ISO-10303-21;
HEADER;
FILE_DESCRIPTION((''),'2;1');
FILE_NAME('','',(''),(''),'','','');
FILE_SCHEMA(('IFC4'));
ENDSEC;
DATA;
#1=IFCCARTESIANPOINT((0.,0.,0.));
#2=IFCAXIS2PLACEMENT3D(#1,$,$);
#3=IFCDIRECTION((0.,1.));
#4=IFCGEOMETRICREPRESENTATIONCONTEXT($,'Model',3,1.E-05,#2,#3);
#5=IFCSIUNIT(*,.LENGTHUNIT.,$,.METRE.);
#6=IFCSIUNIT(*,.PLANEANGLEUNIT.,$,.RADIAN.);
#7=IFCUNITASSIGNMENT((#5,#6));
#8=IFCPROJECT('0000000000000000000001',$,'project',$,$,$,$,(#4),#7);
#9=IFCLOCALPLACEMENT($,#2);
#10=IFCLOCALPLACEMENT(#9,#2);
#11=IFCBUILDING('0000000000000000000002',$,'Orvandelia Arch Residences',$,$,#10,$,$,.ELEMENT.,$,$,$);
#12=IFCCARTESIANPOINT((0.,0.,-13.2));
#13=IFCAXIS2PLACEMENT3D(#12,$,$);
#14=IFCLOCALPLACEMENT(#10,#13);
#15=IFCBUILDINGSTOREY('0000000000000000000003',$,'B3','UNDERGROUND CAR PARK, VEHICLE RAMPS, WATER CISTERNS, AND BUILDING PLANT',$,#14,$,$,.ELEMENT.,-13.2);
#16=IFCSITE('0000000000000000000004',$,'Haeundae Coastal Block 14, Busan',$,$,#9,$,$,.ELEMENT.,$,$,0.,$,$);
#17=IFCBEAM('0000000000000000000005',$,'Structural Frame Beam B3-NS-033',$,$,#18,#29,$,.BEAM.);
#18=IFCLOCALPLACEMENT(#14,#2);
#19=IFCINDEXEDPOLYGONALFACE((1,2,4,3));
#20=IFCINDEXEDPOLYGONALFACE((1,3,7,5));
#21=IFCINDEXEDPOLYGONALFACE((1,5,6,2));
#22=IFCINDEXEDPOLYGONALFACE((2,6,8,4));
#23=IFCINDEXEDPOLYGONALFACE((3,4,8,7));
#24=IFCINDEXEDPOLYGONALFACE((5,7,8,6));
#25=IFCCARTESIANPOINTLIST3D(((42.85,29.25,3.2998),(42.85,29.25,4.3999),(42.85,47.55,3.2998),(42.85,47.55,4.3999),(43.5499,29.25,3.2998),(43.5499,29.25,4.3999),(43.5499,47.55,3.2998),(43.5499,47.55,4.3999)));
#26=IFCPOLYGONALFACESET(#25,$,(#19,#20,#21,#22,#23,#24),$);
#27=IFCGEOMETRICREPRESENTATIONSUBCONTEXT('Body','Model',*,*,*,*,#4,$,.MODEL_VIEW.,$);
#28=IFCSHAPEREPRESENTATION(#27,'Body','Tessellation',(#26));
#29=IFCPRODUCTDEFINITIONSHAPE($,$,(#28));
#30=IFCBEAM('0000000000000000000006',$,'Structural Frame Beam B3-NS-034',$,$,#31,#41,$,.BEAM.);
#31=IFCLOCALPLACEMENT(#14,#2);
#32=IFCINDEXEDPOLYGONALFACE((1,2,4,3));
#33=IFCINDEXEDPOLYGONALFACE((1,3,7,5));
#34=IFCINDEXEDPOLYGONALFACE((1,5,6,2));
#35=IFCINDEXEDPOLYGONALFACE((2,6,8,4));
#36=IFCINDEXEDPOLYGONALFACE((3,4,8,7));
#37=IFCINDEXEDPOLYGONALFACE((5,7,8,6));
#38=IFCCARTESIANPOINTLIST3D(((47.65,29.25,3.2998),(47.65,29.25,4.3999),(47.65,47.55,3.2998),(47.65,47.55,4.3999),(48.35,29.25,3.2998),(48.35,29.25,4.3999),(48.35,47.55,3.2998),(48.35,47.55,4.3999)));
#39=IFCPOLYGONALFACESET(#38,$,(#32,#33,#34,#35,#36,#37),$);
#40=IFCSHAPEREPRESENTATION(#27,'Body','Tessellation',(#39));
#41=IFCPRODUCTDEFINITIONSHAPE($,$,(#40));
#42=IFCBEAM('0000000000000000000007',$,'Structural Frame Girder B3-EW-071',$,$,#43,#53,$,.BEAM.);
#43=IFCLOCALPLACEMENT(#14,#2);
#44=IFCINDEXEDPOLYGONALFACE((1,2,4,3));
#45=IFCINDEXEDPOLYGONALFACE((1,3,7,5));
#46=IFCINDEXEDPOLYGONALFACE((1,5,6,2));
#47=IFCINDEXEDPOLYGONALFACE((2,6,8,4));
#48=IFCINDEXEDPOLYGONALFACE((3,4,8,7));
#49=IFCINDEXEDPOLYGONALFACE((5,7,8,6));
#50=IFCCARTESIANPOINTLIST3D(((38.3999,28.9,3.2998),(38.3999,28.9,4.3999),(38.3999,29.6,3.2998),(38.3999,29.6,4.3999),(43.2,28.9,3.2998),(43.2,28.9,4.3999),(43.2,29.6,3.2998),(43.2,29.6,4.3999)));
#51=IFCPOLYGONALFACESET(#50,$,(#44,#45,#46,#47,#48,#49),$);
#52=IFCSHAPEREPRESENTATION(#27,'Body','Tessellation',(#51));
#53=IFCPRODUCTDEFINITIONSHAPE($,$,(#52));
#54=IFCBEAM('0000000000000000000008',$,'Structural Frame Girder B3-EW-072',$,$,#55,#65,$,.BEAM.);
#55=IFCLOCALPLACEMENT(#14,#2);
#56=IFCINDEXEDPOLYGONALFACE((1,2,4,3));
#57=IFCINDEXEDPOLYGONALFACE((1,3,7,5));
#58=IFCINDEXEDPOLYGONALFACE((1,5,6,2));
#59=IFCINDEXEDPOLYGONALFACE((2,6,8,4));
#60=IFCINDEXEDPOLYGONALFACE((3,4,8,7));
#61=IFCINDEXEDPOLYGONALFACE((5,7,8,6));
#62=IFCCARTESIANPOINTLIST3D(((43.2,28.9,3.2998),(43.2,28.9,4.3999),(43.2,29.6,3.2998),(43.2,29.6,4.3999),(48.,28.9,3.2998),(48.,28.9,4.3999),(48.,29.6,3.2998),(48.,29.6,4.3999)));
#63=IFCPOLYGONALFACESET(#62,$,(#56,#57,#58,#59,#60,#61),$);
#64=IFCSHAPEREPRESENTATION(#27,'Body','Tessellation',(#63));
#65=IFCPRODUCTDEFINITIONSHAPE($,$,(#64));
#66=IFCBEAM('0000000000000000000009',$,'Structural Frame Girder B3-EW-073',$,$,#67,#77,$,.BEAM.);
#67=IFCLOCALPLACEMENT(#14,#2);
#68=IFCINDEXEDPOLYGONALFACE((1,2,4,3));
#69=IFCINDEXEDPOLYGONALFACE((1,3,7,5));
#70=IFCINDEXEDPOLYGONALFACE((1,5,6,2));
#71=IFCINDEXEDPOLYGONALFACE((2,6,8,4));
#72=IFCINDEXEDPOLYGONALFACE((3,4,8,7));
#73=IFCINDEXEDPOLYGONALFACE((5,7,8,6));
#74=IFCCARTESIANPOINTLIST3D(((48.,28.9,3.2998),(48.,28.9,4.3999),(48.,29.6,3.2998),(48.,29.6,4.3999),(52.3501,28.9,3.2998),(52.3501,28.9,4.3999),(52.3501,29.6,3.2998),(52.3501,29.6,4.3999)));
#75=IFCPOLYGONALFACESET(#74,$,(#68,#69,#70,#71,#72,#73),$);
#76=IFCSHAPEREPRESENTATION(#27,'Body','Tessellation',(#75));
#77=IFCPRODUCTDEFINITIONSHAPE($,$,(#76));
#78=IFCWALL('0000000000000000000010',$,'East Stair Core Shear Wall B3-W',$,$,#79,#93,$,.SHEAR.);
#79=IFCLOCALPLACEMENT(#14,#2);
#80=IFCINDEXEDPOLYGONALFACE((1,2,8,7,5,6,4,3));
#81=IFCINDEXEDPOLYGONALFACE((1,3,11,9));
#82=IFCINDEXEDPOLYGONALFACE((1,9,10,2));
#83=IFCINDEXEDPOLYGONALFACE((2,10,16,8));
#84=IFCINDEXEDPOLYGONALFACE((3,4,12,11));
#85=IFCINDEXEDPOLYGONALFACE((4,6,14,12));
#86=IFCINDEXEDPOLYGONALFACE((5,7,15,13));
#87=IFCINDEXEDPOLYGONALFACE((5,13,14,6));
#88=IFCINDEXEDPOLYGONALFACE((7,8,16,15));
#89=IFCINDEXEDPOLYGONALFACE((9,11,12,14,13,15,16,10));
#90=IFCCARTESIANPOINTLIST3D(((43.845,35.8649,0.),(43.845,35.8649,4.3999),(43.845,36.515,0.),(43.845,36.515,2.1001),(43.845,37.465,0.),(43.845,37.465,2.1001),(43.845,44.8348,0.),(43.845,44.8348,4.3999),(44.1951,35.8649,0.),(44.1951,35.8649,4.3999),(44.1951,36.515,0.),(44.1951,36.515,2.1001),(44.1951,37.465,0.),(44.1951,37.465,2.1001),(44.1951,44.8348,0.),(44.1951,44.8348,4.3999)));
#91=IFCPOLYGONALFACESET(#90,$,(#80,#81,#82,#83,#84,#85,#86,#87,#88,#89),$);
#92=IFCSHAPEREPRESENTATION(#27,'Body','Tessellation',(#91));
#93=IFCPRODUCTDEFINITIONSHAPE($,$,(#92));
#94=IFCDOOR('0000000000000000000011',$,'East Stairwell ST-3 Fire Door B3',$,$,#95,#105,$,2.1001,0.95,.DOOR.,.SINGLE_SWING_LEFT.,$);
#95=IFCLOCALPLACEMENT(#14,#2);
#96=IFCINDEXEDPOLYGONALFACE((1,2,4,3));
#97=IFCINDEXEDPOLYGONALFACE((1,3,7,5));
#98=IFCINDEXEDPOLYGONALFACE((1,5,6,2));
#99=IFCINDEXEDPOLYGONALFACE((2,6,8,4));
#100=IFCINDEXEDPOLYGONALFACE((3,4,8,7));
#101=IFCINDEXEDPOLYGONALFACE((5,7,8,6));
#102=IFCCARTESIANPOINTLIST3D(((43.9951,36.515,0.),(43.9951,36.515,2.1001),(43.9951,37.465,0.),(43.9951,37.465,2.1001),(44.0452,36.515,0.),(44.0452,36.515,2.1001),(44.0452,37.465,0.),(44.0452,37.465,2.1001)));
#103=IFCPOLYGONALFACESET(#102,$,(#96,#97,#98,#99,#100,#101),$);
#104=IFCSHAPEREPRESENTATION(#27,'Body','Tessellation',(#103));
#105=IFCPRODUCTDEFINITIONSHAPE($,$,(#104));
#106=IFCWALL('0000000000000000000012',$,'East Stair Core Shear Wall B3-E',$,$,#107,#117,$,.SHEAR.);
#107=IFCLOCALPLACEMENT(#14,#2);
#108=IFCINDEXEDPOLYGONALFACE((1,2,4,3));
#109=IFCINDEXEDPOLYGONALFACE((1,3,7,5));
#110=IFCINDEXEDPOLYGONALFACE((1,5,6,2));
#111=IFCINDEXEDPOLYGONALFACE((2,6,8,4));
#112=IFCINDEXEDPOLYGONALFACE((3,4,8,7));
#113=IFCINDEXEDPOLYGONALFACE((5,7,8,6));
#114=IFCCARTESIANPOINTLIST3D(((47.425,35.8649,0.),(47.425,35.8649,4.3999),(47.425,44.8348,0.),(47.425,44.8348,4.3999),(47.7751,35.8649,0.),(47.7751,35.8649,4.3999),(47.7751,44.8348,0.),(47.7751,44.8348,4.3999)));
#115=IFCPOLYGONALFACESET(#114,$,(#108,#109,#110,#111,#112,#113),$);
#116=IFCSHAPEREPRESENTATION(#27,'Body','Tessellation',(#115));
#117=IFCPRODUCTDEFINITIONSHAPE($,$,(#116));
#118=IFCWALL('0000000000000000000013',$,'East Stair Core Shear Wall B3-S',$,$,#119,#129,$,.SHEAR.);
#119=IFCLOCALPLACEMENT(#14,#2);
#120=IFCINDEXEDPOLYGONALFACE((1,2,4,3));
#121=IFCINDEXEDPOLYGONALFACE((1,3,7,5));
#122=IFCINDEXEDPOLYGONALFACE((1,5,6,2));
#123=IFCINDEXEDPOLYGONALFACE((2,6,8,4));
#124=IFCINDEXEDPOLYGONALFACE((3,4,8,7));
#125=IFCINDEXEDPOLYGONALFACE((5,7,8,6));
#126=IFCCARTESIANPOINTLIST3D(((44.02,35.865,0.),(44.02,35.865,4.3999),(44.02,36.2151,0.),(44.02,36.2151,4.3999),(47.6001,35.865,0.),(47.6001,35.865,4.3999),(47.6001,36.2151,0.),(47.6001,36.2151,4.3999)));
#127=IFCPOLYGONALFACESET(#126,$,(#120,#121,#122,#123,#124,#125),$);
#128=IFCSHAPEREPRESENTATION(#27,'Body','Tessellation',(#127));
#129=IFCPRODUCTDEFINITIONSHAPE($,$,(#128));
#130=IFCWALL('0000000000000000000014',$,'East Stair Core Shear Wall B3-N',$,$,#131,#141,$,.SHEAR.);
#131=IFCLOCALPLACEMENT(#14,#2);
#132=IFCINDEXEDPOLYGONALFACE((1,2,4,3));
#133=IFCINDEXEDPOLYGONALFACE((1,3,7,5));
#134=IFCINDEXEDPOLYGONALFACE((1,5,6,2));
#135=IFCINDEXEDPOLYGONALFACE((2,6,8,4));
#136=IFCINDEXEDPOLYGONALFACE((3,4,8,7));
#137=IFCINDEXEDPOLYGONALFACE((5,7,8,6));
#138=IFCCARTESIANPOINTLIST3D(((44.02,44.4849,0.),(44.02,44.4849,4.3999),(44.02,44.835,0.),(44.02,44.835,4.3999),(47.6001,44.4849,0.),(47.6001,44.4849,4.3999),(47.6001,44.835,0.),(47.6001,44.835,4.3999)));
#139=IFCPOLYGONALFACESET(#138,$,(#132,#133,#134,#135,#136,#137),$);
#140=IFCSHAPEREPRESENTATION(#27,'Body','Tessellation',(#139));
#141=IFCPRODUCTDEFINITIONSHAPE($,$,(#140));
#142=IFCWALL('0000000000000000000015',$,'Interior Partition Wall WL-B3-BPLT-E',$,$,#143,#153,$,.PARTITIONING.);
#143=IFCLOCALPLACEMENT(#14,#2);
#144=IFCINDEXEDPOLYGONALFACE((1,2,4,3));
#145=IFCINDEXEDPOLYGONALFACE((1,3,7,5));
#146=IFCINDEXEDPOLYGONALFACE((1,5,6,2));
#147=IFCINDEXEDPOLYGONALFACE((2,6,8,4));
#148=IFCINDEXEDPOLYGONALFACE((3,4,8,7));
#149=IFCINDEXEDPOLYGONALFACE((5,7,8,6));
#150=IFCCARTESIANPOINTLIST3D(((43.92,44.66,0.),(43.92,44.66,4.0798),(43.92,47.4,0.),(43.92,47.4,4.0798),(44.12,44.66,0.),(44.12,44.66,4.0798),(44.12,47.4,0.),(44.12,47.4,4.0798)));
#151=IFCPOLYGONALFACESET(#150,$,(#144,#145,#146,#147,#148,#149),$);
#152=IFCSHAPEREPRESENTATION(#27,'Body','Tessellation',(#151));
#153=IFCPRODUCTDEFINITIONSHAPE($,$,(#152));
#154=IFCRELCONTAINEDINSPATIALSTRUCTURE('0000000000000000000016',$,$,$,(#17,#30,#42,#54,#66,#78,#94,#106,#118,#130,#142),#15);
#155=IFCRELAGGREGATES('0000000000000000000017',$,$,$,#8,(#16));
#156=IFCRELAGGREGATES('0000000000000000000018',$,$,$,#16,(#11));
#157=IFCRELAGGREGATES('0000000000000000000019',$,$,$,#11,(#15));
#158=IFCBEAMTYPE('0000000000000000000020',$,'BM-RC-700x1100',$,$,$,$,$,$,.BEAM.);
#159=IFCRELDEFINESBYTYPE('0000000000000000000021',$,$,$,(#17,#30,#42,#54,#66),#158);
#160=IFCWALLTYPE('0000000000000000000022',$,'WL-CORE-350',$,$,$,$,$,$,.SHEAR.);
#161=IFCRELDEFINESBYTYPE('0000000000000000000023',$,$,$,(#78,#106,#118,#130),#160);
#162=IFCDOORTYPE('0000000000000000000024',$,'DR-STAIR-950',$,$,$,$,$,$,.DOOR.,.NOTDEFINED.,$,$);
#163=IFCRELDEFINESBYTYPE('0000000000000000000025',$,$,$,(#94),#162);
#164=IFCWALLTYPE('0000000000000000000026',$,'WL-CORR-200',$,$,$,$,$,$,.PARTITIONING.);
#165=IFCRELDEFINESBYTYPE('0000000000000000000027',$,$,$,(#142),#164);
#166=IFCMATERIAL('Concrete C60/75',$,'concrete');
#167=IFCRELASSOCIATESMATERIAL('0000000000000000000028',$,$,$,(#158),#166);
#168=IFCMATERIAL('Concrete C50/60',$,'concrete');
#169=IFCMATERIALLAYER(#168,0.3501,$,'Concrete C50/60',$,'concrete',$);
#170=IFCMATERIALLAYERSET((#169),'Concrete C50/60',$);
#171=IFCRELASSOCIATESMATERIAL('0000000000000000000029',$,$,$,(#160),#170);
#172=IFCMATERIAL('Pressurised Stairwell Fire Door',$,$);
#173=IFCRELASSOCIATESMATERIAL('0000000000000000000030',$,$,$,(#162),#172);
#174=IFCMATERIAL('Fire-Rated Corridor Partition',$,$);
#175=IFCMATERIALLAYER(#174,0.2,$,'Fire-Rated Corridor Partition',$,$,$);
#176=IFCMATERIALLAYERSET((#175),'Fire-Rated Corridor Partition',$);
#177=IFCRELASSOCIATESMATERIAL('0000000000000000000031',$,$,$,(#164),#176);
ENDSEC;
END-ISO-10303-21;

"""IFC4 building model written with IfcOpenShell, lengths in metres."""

from ifc_helpers import new_model, si_unit, direction, frame, frame_2d, origin, origin_2d, place, context, subcontext, project, spatial, rectangle, extrude, material, layer, layer_set, material_profile, profile_set, type_object, element, fill, save


model = new_model("IFC4")

# Units and contexts
model_context = context("Model", 3, precision=1e-05, world=origin(), true_north=direction((0.0, 1.0)))
body_context = subcontext(model_context, "Body", "Model", "MODEL_VIEW")
ifc_project = project(units=[si_unit("LENGTHUNIT", "METRE"), si_unit("PLANEANGLEUNIT", "RADIAN")], contexts=[model_context])

# Site, building, storey
site_placement = place(None, origin())
site = spatial("IfcSite", under=ifc_project, at=site_placement, Name="Haeundae Coastal Block 14, Busan", CompositionType="ELEMENT", RefElevation=0.0)
building_placement = place(site_placement, origin())
building = spatial("IfcBuilding", under=site, at=building_placement, Name="Orvandelia Arch Residences", CompositionType="ELEMENT")
storey_placement = place(building_placement, frame((0.0, 0.0, -13.2)))
storey = spatial("IfcBuildingStorey", under=building, at=storey_placement, Name="B3", Description="UNDERGROUND CAR PARK, VEHICLE RAMPS, WATER CISTERNS, AND BUILDING PLANT", CompositionType="ELEMENT", Elevation=-13.2)

# Shared definitions
ifc_material_1 = material(Name="Concrete C50/60", Category="concrete")

# Beams
ifc_material_2 = material(Name="Concrete C60/75", Category="concrete")
ifc_material_profile_1 = material_profile(ifc_material_2, rectangle(XDim=0.7, YDim=1.1001, at=origin_2d()), Name="Concrete C60/75", Category="concrete")
ifc_profile_set_1 = profile_set([ifc_material_profile_1], Name="Concrete C60/75")
beam_type = type_object("IfcBeamType", Name="BM-RC-700x1100", PredefinedType="BEAM", material=ifc_profile_set_1)
for number, where, z_axis, x_axis, name in (
    (1, (43.2, 29.25, 3.8499), (0.0, 1.0, 0.0), (-1.0, 0.0, 0.0), "Structural Frame Beam B3-NS-033"),
    (2, (48.0, 29.25, 3.8499), (0.0, 1.0, 0.0), (-1.0, 0.0, 0.0), "Structural Frame Beam B3-NS-034"),
):
    element("IfcBeam", number, at=place(storey_placement, frame(where, z_axis=z_axis, x_axis=x_axis)), inside=storey, type_object=beam_type, Name=name, PredefinedType="BEAM", context=body_context, shape_type="SweptSolid", body=[
        extrude(rectangle(XDim=0.7, YDim=1.1001, at=origin_2d()), origin(), (0.0, 0.0, 1.0), 18.3),
    ])
for number, where, z_axis, x_axis, name in (
    (3, (38.3999, 29.25, 3.8499), (1.0, 0.0, 0.0), (0.0, 1.0, 0.0), "Structural Frame Girder B3-EW-071"),
    (4, (43.2, 29.25, 3.8499), (1.0, 0.0, 0.0), (0.0, 1.0, 0.0), "Structural Frame Girder B3-EW-072"),
):
    element("IfcBeam", number, at=place(storey_placement, frame(where, z_axis=z_axis, x_axis=x_axis)), inside=storey, type_object=beam_type, Name=name, PredefinedType="BEAM", context=body_context, shape_type="SweptSolid", body=[
        extrude(rectangle(XDim=0.7, YDim=1.1001, at=origin_2d()), origin(), (0.0, 0.0, 1.0), 4.8),
    ])
beam_placement = place(storey_placement, frame((48.0, 29.25, 3.8499), z_axis=(1.0, 0.0, 0.0), x_axis=(0.0, 1.0, 0.0)))
element("IfcBeam", 5, at=beam_placement, inside=storey, type_object=beam_type, Name="Structural Frame Girder B3-EW-073", PredefinedType="BEAM", context=body_context, shape_type="SweptSolid", body=[
    extrude(rectangle(XDim=0.7, YDim=1.1001, at=origin_2d()), origin(), (0.0, 0.0, 1.0), 4.3501),
])

# Wall, opening, door
ifc_layer_1 = layer(ifc_material_1, 0.3501, Name="Concrete C50/60", Category="concrete")
ifc_layer_set_1 = layer_set([ifc_layer_1], Name="Concrete C50/60")
wall_type_1 = type_object("IfcWallType", Name="WL-CORE-350", PredefinedType="SHEAR", material=ifc_layer_set_1)
wall_1_placement = place(storey_placement, frame((44.02, 35.865, 0.0), z_axis=(0.0, 0.0, 1.0), x_axis=(0.0, 1.0, 0.0)))
wall_1 = element("IfcWall", 6, at=wall_1_placement, inside=storey, type_object=wall_type_1, Name="East Stair Core Shear Wall B3-W", PredefinedType="SHEAR", context=body_context, shape_type="SweptSolid", body=[
    extrude(rectangle(XDim=8.97, YDim=0.3501, at=frame_2d((4.4849, 0.0))), origin(), (0.0, 0.0, 1.0), 4.3999),
])
opening_placement = place(wall_1_placement, frame((0.6499, 0.0, 0.0)))
opening = element("IfcOpeningElement", 7, at=opening_placement, cuts=wall_1, PredefinedType="OPENING", context=body_context, shape_type="SweptSolid", body=[
    extrude(rectangle(XDim=0.95, YDim=2.1001, at=frame_2d((0.4751, 1.05))), frame((0.0, 0.1851, 0.0), z_axis=(0.0, -1.0, 0.0), x_axis=(1.0, 0.0, 0.0)), (0.0, 0.0, 1.0), 0.3701),
])
ifc_material_3 = material(Name="Pressurised Stairwell Fire Door")
door_type = type_object("IfcDoorType", Name="DR-STAIR-950", OperationType="NOTDEFINED", PredefinedType="DOOR", material=ifc_material_3)
door_placement = place(opening_placement, origin())
door = element("IfcDoor", 8, at=door_placement, inside=storey, type_object=door_type, Name="East Stairwell ST-3 Fire Door B3", OperationType="SINGLE_SWING_LEFT", OverallHeight=2.1001, OverallWidth=0.95, PredefinedType="DOOR", context=body_context, shape_type="SweptSolid", body=[
    extrude(rectangle(XDim=0.95, YDim=2.1001, at=frame_2d((0.4751, 1.05))), frame((0.0, 0.0249, 0.0), z_axis=(0.0, -1.0, 0.0), x_axis=(1.0, 0.0, 0.0)), (0.0, 0.0, 1.0), 0.05),
])
fill(opening, door)

# Walls
wall_2_placement = place(storey_placement, frame((47.6001, 35.865, 0.0), z_axis=(0.0, 0.0, 1.0), x_axis=(0.0, 1.0, 0.0)))
element("IfcWall", 9, at=wall_2_placement, inside=storey, type_object=wall_type_1, Name="East Stair Core Shear Wall B3-E", PredefinedType="SHEAR", context=body_context, shape_type="SweptSolid", body=[
    extrude(rectangle(XDim=8.97, YDim=0.3501, at=frame_2d((4.4849, 0.0))), origin(), (0.0, 0.0, 1.0), 4.3999),
])
for number, where, z_axis, x_axis, name in (
    (10, (44.02, 36.04, 0.0), (0.0, 0.0, 1.0), (1.0, 0.0, 0.0), "East Stair Core Shear Wall B3-S"),
    (11, (44.02, 44.6599, 0.0), (0.0, 0.0, 1.0), (1.0, 0.0, 0.0), "East Stair Core Shear Wall B3-N"),
):
    element("IfcWall", number, at=place(storey_placement, frame(where, z_axis=z_axis, x_axis=x_axis)), inside=storey, type_object=wall_type_1, Name=name, PredefinedType="SHEAR", context=body_context, shape_type="SweptSolid", body=[
        extrude(rectangle(XDim=3.5801, YDim=0.3501, at=frame_2d((1.79, 0.0))), origin(), (0.0, 0.0, 1.0), 4.3999),
    ])
ifc_material_4 = material(Name="Fire-Rated Corridor Partition")
ifc_layer_2 = layer(ifc_material_4, 0.2, Name="Fire-Rated Corridor Partition")
ifc_layer_set_2 = layer_set([ifc_layer_2], Name="Fire-Rated Corridor Partition")
wall_type_2 = type_object("IfcWallType", Name="WL-CORR-200", PredefinedType="PARTITIONING", material=ifc_layer_set_2)
wall_3_placement = place(storey_placement, frame((44.02, 44.6599, 0.0), z_axis=(0.0, 0.0, 1.0), x_axis=(0.0, 1.0, 0.0)))
element("IfcWall", 12, at=wall_3_placement, inside=storey, type_object=wall_type_2, Name="Interior Partition Wall WL-B3-BPLT-E", PredefinedType="PARTITIONING", context=body_context, shape_type="SweptSolid", body=[
    extrude(rectangle(XDim=2.74, YDim=0.2, at=frame_2d((1.3701, 0.0))), origin(), (0.0, 0.0, 1.0), 4.0798),
])

save(model, "model.ifc")
